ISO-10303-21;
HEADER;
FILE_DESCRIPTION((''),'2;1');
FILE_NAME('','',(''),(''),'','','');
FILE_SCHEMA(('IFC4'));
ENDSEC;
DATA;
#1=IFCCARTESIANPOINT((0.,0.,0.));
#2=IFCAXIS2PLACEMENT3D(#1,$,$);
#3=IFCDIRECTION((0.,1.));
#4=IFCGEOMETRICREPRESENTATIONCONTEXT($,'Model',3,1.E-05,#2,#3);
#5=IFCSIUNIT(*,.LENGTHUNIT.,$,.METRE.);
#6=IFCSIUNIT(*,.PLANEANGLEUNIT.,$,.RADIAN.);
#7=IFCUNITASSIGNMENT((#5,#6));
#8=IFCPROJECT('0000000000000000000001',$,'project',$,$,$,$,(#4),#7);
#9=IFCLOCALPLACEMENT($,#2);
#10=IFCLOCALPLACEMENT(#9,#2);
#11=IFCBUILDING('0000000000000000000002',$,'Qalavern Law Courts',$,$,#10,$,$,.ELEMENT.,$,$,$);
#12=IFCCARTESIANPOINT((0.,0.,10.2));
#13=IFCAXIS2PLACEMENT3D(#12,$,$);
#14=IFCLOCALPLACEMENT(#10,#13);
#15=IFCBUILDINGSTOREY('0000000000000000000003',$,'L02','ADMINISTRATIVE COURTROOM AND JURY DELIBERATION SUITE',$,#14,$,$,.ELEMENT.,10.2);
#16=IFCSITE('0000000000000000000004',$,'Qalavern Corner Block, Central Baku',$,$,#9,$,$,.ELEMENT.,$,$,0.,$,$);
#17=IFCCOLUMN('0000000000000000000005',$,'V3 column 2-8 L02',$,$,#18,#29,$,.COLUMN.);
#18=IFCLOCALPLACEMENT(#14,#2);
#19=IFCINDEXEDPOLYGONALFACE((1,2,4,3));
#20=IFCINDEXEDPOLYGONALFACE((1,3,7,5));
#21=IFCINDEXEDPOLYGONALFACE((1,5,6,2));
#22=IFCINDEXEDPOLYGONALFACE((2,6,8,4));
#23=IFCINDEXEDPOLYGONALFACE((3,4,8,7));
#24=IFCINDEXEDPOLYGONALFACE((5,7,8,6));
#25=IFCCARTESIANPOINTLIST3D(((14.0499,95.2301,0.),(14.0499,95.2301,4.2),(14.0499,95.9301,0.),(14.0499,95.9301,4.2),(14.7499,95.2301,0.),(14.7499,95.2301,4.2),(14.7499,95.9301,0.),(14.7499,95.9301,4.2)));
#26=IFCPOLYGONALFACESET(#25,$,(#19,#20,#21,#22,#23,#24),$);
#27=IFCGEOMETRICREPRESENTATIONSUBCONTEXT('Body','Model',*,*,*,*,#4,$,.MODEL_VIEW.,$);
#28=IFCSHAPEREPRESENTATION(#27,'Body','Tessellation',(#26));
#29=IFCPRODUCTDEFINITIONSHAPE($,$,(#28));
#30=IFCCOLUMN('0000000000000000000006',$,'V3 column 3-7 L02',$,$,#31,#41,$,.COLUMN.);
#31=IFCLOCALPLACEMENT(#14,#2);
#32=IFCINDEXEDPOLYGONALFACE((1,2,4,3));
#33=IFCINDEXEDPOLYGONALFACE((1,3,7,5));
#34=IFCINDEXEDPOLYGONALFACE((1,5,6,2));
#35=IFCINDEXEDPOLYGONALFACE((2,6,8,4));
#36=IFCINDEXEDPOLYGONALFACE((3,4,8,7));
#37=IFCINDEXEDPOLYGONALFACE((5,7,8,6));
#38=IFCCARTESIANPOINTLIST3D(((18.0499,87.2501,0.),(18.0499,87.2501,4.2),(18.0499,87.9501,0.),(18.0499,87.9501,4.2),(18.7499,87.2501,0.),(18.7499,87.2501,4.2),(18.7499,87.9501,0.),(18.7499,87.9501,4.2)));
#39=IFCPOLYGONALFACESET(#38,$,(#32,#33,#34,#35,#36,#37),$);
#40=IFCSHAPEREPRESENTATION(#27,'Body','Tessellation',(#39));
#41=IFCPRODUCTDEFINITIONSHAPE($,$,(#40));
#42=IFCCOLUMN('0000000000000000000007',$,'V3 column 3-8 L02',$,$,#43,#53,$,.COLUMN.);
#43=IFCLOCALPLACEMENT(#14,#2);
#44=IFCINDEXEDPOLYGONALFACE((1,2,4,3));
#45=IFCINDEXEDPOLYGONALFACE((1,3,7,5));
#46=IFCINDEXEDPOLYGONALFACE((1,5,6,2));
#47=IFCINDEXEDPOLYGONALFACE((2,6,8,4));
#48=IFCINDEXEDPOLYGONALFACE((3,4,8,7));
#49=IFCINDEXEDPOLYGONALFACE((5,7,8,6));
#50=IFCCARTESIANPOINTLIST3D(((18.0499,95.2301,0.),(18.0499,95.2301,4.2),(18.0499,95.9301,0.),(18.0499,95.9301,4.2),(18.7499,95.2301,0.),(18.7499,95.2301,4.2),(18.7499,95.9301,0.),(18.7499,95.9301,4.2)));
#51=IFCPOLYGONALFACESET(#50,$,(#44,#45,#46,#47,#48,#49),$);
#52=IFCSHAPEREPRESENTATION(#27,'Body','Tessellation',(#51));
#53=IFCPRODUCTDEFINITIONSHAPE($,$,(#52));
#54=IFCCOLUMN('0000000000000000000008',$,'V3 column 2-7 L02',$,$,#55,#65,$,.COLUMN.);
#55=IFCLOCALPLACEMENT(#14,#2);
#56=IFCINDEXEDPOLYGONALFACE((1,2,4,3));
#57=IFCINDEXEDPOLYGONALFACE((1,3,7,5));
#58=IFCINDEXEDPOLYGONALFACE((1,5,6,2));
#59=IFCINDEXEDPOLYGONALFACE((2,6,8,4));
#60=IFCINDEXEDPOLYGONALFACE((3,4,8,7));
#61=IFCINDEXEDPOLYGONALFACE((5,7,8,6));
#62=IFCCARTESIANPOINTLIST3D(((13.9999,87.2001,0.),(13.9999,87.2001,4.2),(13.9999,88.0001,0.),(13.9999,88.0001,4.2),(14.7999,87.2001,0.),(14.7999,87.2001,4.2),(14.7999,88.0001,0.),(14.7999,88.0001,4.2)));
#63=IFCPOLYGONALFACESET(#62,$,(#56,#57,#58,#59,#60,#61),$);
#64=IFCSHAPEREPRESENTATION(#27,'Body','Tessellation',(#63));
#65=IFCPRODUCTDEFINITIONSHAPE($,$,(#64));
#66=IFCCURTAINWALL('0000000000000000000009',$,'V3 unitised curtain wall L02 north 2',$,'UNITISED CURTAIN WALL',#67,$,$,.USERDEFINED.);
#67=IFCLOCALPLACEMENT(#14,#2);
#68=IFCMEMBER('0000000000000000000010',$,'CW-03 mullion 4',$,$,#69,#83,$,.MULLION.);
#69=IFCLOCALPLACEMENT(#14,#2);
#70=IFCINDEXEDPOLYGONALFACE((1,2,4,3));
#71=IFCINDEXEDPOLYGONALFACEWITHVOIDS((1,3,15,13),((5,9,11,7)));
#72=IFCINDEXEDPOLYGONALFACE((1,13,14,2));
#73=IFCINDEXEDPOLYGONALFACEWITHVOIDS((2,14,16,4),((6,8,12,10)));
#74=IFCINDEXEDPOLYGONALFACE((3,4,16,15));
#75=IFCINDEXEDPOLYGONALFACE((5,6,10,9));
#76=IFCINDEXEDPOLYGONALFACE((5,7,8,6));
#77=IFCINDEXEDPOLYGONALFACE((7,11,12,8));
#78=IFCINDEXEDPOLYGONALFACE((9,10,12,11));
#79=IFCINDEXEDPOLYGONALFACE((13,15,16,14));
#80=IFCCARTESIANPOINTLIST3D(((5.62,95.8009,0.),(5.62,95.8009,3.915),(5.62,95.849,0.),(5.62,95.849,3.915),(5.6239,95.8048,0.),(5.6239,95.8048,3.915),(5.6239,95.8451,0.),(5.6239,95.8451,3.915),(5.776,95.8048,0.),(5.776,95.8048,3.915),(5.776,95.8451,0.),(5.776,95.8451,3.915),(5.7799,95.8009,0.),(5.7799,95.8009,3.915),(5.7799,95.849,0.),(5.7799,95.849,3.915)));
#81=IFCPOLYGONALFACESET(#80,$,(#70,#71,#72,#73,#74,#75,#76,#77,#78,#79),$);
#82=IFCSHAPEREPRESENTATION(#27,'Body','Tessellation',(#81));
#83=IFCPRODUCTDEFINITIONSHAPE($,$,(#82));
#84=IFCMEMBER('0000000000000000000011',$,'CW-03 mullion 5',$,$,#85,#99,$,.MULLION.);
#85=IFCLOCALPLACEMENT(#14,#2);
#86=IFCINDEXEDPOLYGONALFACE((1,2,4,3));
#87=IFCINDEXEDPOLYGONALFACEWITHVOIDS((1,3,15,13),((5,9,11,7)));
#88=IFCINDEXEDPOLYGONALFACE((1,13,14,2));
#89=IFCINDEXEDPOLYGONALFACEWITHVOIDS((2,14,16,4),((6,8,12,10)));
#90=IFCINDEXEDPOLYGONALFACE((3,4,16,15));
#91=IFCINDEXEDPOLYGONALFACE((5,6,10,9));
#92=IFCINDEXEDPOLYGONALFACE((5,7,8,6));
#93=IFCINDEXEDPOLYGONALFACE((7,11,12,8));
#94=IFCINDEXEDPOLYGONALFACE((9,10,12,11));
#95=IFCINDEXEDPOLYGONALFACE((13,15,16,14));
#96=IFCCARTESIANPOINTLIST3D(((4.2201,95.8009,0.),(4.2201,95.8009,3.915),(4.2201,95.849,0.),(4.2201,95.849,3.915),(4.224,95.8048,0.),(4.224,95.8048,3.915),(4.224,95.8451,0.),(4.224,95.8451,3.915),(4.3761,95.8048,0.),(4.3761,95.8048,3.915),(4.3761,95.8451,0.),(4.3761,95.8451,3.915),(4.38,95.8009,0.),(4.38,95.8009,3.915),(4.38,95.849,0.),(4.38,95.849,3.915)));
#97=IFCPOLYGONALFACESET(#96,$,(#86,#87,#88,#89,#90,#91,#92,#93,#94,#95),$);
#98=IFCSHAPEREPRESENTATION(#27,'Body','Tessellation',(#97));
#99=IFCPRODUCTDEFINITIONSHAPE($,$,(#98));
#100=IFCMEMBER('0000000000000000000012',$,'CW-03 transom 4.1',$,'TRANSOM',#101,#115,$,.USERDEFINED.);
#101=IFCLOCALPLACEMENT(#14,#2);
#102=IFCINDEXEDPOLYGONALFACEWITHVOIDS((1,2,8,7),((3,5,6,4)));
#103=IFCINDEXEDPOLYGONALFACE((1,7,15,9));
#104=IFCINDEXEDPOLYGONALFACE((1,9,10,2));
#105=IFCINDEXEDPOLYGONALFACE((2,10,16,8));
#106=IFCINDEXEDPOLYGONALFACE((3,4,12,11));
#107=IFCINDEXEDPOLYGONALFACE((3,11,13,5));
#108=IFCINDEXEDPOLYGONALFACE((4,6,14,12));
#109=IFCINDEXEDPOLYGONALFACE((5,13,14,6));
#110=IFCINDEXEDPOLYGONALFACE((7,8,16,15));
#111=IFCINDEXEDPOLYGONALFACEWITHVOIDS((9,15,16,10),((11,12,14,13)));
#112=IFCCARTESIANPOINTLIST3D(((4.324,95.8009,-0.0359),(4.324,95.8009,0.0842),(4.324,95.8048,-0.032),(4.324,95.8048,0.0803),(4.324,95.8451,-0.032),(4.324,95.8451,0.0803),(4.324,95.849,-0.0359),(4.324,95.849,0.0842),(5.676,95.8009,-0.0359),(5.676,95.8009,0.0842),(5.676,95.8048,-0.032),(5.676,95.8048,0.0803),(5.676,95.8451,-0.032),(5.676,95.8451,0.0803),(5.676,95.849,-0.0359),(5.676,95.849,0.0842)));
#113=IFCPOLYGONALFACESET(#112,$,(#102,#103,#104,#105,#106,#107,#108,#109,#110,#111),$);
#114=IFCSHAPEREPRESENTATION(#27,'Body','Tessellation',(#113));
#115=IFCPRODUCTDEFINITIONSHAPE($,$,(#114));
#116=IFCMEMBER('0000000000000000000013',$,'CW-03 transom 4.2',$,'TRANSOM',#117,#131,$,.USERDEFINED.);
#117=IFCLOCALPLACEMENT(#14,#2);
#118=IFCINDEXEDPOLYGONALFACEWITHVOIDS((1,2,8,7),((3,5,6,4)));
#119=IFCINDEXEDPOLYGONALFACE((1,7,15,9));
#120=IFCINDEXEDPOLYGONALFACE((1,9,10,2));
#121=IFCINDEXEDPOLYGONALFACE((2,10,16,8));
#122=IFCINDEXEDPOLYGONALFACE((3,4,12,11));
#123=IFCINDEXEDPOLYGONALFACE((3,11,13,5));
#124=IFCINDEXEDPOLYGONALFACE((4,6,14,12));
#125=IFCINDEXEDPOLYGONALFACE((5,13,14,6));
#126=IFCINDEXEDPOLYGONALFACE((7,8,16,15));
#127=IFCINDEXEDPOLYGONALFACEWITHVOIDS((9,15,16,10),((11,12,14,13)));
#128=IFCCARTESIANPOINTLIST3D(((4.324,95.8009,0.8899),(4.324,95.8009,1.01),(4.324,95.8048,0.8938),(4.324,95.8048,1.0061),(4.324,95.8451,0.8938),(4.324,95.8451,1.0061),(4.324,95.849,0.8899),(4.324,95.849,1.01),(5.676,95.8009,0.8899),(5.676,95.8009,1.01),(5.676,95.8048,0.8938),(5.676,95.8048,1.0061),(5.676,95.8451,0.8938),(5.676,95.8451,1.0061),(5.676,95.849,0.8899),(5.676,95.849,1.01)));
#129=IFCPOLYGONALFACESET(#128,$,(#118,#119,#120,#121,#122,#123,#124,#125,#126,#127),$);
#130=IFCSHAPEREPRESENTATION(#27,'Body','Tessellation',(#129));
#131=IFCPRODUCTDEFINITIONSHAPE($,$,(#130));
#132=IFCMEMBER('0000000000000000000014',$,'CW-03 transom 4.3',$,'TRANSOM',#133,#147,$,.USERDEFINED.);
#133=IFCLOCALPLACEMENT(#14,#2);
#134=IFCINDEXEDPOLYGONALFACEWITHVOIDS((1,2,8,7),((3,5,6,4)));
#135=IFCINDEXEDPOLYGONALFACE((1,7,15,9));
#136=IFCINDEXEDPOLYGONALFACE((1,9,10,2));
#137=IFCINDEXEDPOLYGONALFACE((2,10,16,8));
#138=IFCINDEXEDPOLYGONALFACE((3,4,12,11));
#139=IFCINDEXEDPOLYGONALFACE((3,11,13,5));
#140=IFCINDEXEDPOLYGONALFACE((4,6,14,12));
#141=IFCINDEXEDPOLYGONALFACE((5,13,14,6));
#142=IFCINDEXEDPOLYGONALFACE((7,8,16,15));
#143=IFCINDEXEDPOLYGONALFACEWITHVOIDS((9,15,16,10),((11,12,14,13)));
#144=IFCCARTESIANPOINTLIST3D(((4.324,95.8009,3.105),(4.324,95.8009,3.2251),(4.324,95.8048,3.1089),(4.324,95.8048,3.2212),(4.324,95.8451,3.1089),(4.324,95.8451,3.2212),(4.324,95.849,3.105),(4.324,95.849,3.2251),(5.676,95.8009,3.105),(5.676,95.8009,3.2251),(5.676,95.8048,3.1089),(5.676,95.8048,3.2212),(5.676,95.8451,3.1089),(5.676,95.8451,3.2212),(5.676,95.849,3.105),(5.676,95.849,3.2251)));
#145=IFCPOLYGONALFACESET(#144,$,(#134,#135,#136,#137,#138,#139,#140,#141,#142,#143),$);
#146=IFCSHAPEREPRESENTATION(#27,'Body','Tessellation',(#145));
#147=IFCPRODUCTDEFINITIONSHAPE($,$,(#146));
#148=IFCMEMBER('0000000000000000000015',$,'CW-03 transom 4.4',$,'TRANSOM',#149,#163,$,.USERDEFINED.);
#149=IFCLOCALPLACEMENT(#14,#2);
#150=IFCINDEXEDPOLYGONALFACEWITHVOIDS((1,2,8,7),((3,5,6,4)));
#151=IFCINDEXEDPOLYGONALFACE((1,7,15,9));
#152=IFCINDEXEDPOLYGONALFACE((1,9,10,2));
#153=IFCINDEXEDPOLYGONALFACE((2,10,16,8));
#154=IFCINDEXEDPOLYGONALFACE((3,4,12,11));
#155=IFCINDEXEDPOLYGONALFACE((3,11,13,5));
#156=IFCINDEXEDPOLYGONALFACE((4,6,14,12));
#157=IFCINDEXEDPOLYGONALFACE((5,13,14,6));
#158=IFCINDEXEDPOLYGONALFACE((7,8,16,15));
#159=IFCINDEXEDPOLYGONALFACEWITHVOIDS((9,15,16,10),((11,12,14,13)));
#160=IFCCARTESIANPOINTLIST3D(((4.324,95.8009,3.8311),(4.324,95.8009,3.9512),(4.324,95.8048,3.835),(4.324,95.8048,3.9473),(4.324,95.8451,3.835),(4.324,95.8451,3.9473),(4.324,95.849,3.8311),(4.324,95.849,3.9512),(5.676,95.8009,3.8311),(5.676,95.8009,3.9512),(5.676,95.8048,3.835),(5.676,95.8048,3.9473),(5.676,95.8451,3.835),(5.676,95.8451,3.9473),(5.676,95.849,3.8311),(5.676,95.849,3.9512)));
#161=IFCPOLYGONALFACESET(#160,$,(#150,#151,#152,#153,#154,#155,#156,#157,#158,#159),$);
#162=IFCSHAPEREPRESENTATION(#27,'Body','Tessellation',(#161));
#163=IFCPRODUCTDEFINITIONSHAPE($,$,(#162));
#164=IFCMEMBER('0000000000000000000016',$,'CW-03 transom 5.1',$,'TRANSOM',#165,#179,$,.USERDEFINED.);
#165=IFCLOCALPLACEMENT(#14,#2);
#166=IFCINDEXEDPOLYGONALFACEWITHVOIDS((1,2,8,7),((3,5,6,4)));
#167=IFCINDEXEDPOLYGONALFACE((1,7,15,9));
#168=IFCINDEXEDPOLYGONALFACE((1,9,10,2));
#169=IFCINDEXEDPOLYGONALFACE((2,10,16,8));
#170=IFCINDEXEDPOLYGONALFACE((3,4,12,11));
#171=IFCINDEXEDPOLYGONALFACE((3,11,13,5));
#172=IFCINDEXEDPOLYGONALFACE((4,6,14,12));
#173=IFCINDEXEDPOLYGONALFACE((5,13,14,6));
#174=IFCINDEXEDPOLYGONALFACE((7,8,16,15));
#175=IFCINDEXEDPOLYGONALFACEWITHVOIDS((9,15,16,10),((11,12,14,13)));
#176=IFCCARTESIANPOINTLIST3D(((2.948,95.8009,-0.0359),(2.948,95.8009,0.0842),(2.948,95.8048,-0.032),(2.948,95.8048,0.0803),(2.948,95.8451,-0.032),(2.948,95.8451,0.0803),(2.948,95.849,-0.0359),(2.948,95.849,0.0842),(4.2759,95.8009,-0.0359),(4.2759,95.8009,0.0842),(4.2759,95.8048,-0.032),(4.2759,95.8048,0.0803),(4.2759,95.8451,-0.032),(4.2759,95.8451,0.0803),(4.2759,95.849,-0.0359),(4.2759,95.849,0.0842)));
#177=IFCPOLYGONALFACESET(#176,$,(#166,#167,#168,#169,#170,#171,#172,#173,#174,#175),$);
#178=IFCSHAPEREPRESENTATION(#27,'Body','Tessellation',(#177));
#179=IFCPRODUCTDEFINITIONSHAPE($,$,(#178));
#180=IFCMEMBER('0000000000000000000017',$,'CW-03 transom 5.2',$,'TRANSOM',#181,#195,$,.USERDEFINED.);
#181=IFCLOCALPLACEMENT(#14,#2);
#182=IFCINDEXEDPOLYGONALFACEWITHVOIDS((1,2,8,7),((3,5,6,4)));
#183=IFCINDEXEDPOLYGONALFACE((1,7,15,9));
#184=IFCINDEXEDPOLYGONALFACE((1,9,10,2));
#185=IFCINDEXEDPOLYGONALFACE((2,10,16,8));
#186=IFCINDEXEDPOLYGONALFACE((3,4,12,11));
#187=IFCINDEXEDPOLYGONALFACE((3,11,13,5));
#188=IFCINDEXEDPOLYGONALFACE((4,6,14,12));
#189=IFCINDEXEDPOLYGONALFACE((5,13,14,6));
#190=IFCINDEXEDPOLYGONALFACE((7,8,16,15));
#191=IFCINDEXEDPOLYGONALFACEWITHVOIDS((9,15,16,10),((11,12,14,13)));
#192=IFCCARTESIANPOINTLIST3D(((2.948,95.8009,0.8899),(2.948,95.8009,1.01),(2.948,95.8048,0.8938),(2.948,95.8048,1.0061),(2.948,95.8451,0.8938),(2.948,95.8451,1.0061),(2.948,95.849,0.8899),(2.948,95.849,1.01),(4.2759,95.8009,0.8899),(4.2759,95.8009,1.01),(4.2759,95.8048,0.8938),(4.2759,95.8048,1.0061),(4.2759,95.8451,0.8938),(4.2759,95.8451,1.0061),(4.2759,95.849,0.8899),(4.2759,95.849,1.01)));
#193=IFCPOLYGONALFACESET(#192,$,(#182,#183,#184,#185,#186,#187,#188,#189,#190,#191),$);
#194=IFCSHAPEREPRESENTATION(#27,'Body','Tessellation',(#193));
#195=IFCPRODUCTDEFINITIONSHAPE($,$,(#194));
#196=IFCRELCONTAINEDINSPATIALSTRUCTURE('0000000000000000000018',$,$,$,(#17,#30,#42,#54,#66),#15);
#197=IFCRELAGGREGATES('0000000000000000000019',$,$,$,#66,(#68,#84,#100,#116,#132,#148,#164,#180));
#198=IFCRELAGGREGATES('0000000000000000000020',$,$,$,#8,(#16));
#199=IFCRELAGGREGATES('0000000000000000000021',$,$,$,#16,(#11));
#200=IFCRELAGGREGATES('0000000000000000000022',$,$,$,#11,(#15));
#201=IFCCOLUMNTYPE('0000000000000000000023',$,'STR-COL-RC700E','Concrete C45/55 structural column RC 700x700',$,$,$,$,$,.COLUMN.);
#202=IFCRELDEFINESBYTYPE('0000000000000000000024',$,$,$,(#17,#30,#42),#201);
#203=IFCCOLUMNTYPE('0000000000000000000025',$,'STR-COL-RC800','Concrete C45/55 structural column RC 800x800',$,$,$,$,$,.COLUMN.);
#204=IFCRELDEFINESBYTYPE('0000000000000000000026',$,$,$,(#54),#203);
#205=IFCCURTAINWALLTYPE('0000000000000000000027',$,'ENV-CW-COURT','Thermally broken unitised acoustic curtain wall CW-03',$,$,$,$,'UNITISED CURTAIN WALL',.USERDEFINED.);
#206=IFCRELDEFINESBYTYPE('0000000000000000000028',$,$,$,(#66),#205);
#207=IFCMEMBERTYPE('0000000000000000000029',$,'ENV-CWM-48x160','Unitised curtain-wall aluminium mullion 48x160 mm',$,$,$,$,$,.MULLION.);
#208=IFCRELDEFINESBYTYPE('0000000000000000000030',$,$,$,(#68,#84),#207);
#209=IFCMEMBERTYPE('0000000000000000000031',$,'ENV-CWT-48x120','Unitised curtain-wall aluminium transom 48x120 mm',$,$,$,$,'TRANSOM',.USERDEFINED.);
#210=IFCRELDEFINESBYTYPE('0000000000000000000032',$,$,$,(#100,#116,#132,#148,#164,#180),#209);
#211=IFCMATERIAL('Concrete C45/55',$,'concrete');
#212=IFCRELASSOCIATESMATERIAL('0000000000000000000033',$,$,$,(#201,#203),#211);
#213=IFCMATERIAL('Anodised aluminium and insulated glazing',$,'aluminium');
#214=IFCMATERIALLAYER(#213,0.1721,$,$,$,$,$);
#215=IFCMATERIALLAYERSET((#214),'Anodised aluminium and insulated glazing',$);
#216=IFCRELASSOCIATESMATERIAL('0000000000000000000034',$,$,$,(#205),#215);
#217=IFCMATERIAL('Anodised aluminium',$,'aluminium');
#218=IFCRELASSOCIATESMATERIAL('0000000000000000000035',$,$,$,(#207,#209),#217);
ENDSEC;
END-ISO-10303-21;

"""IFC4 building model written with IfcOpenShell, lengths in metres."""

from ifc_helpers import new_model, si_unit, direction, frame, origin, origin_2d, place, context, subcontext, project, spatial, rectangle, hollow_rectangle, extrude, material, layer, layer_set, material_profile, profile_set, type_object, element, aggregate, save


model = new_model("IFC4")

# Units and contexts
model_context = context("Model", 3, precision=1e-05, world=origin(), true_north=direction((0.0, 1.0)))
body_context = subcontext(model_context, "Body", "Model", "MODEL_VIEW")
ifc_project = project(units=[si_unit("LENGTHUNIT", "METRE"), si_unit("PLANEANGLEUNIT", "RADIAN")], contexts=[model_context])

# Site, building, storey
site_placement = place(None, origin())
site = spatial("IfcSite", under=ifc_project, at=site_placement, Name="Qalavern Corner Block, Central Baku", CompositionType="ELEMENT", RefElevation=0.0)
building_placement = place(site_placement, origin())
building = spatial("IfcBuilding", under=site, at=building_placement, Name="Qalavern Law Courts", CompositionType="ELEMENT")
storey_placement = place(building_placement, frame((0.0, 0.0, 10.2)))
storey = spatial("IfcBuildingStorey", under=building, at=storey_placement, Name="L02", Description="ADMINISTRATIVE COURTROOM AND JURY DELIBERATION SUITE", CompositionType="ELEMENT", Elevation=10.2)

# Columns
ifc_material_1 = material(Name="Concrete C45/55", Category="concrete")
ifc_material_profile_1 = material_profile(ifc_material_1, rectangle(XDim=0.7, YDim=0.7, at=origin_2d()), Name="RC 700x700")
ifc_profile_set_1 = profile_set([ifc_material_profile_1], Name="Concrete C45/55")
column_type_1 = type_object("IfcColumnType", Name="STR-COL-RC700E", Description="Concrete C45/55 structural column RC 700x700", PredefinedType="COLUMN", material=ifc_profile_set_1)
for number, where, z_axis, x_axis, name in (
    (1, (14.3999, 95.5801, 0.0), (0.0, 0.0, 1.0), (1.0, 0.0, 0.0), "V3 column 2-8 L02"),
    (2, (18.3999, 87.6001, 0.0), (0.0, 0.0, 1.0), (1.0, 0.0, 0.0), "V3 column 3-7 L02"),
    (3, (18.3999, 95.5801, 0.0), (0.0, 0.0, 1.0), (1.0, 0.0, 0.0), "V3 column 3-8 L02"),
):
    element("IfcColumn", number, at=place(storey_placement, frame(where, z_axis=z_axis, x_axis=x_axis)), inside=storey, type_object=column_type_1, Name=name, PredefinedType="COLUMN", context=body_context, shape_type="SweptSolid", body=[
        extrude(rectangle(XDim=0.7, YDim=0.7, at=origin_2d()), origin(), (0.0, 0.0, 1.0), 4.2),
    ])
ifc_material_profile_2 = material_profile(ifc_material_1, rectangle(XDim=0.8, YDim=0.8, at=origin_2d()), Name="RC 800x800")
ifc_profile_set_2 = profile_set([ifc_material_profile_2], Name="Concrete C45/55")
column_type_2 = type_object("IfcColumnType", Name="STR-COL-RC800", Description="Concrete C45/55 structural column RC 800x800", PredefinedType="COLUMN", material=ifc_profile_set_2)
column_placement = place(storey_placement, frame((14.3999, 87.6001, 0.0), z_axis=(0.0, 0.0, 1.0), x_axis=(1.0, 0.0, 0.0)))
element("IfcColumn", 4, at=column_placement, inside=storey, type_object=column_type_2, Name="V3 column 2-7 L02", PredefinedType="COLUMN", context=body_context, shape_type="SweptSolid", body=[
    extrude(rectangle(XDim=0.8, YDim=0.8, at=origin_2d()), origin(), (0.0, 0.0, 1.0), 4.2),
])

# Curtain wall, members
ifc_material_2 = material(Name="Anodised aluminium and insulated glazing", Category="aluminium")
ifc_layer_1 = layer(ifc_material_2, 0.1721)
ifc_layer_set_1 = layer_set([ifc_layer_1], Name="Anodised aluminium and insulated glazing")
curtain_wall_type = type_object("IfcCurtainWallType", Name="ENV-CW-COURT", Description="Thermally broken unitised acoustic curtain wall CW-03", ElementType="UNITISED CURTAIN WALL", PredefinedType="USERDEFINED", material=ifc_layer_set_1)
curtain_wall_placement = place(storey_placement, origin())
curtain_wall = element("IfcCurtainWall", 5, at=curtain_wall_placement, inside=storey, type_object=curtain_wall_type, Name="V3 unitised curtain wall L02 north 2", ObjectType="UNITISED CURTAIN WALL", PredefinedType="USERDEFINED")
ifc_material_3 = material(Name="Anodised aluminium", Category="aluminium")
ifc_material_profile_3 = material_profile(ifc_material_3, hollow_rectangle(XDim=0.0481, YDim=0.1599, WallThickness=0.0039, at=origin_2d()), Name="ALU MULLION 48x160")
ifc_profile_set_3 = profile_set([ifc_material_profile_3], Name="Anodised aluminium")
member_type_1 = type_object("IfcMemberType", Name="ENV-CWM-48x160", Description="Unitised curtain-wall aluminium mullion 48x160 mm", PredefinedType="MULLION", material=ifc_profile_set_3)
member_1_placement = place(storey_placement, frame((5.7, 95.825, 0.0), z_axis=(0.0, 0.0, 1.0), x_axis=(0.0, -1.0, 0.0)))
member_1 = element("IfcMember", 6, at=member_1_placement, type_object=member_type_1, Name="CW-03 mullion 4", PredefinedType="MULLION", context=body_context, shape_type="SweptSolid", body=[
    extrude(hollow_rectangle(XDim=0.0481, YDim=0.1599, WallThickness=0.0039, at=origin_2d()), origin(), (0.0, 0.0, 1.0), 3.915),
])
member_2_placement = place(storey_placement, frame((4.3, 95.825, 0.0), z_axis=(0.0, 0.0, 1.0), x_axis=(0.0, -1.0, 0.0)))
member_2 = element("IfcMember", 7, at=member_2_placement, type_object=member_type_1, Name="CW-03 mullion 5", PredefinedType="MULLION", context=body_context, shape_type="SweptSolid", body=[
    extrude(hollow_rectangle(XDim=0.0481, YDim=0.1599, WallThickness=0.0039, at=origin_2d()), origin(), (0.0, 0.0, 1.0), 3.915),
])
ifc_material_profile_4 = material_profile(ifc_material_3, hollow_rectangle(XDim=0.0481, YDim=0.1201, WallThickness=0.0039, at=origin_2d()), Name="ALU TRANSOM 48x120")
ifc_profile_set_4 = profile_set([ifc_material_profile_4], Name="Anodised aluminium")
member_type_2 = type_object("IfcMemberType", Name="ENV-CWT-48x120", Description="Unitised curtain-wall aluminium transom 48x120 mm", ElementType="TRANSOM", PredefinedType="USERDEFINED", material=ifc_profile_set_4)
member_3_placement = place(storey_placement, frame((5.676, 95.825, 0.0242), z_axis=(-1.0, 0.0, 0.0), x_axis=(0.0, -1.0, 0.0)))
member_3 = element("IfcMember", 8, at=member_3_placement, type_object=member_type_2, Name="CW-03 transom 4.1", ObjectType="TRANSOM", PredefinedType="USERDEFINED", context=body_context, shape_type="SweptSolid", body=[
    extrude(hollow_rectangle(XDim=0.0481, YDim=0.1201, WallThickness=0.0039, at=origin_2d()), origin(), (0.0, 0.0, 1.0), 1.3521),
])
member_4_placement = place(storey_placement, frame((5.676, 95.825, 0.95), z_axis=(-1.0, 0.0, 0.0), x_axis=(0.0, -1.0, 0.0)))
member_4 = element("IfcMember", 9, at=member_4_placement, type_object=member_type_2, Name="CW-03 transom 4.2", ObjectType="TRANSOM", PredefinedType="USERDEFINED", context=body_context, shape_type="SweptSolid", body=[
    extrude(hollow_rectangle(XDim=0.0481, YDim=0.1201, WallThickness=0.0039, at=origin_2d()), origin(), (0.0, 0.0, 1.0), 1.3521),
])
member_5_placement = place(storey_placement, frame((5.676, 95.825, 3.165), z_axis=(-1.0, 0.0, 0.0), x_axis=(0.0, -1.0, 0.0)))
member_5 = element("IfcMember", 10, at=member_5_placement, type_object=member_type_2, Name="CW-03 transom 4.3", ObjectType="TRANSOM", PredefinedType="USERDEFINED", context=body_context, shape_type="SweptSolid", body=[
    extrude(hollow_rectangle(XDim=0.0481, YDim=0.1201, WallThickness=0.0039, at=origin_2d()), origin(), (0.0, 0.0, 1.0), 1.3521),
])
member_6_placement = place(storey_placement, frame((5.676, 95.825, 3.8911), z_axis=(-1.0, 0.0, 0.0), x_axis=(0.0, -1.0, 0.0)))
member_6 = element("IfcMember", 11, at=member_6_placement, type_object=member_type_2, Name="CW-03 transom 4.4", ObjectType="TRANSOM", PredefinedType="USERDEFINED", context=body_context, shape_type="SweptSolid", body=[
    extrude(hollow_rectangle(XDim=0.0481, YDim=0.1201, WallThickness=0.0039, at=origin_2d()), origin(), (0.0, 0.0, 1.0), 1.3521),
])
member_7_placement = place(storey_placement, frame((4.2759, 95.825, 0.0242), z_axis=(-1.0, 0.0, 0.0), x_axis=(0.0, -1.0, 0.0)))
member_7 = element("IfcMember", 12, at=member_7_placement, type_object=member_type_2, Name="CW-03 transom 5.1", ObjectType="TRANSOM", PredefinedType="USERDEFINED", context=body_context, shape_type="SweptSolid", body=[
    extrude(hollow_rectangle(XDim=0.0481, YDim=0.1201, WallThickness=0.0039, at=origin_2d()), origin(), (0.0, 0.0, 1.0), 1.3279),
])
member_8_placement = place(storey_placement, frame((4.2759, 95.825, 0.95), z_axis=(-1.0, 0.0, 0.0), x_axis=(0.0, -1.0, 0.0)))
member_8 = element("IfcMember", 13, at=member_8_placement, type_object=member_type_2, Name="CW-03 transom 5.2", ObjectType="TRANSOM", PredefinedType="USERDEFINED", context=body_context, shape_type="SweptSolid", body=[
    extrude(hollow_rectangle(XDim=0.0481, YDim=0.1201, WallThickness=0.0039, at=origin_2d()), origin(), (0.0, 0.0, 1.0), 1.3279),
])

aggregate(curtain_wall, [member_1, member_2, member_3, member_4, member_5, member_6, member_7, member_8])

save(model, "model.ifc")
